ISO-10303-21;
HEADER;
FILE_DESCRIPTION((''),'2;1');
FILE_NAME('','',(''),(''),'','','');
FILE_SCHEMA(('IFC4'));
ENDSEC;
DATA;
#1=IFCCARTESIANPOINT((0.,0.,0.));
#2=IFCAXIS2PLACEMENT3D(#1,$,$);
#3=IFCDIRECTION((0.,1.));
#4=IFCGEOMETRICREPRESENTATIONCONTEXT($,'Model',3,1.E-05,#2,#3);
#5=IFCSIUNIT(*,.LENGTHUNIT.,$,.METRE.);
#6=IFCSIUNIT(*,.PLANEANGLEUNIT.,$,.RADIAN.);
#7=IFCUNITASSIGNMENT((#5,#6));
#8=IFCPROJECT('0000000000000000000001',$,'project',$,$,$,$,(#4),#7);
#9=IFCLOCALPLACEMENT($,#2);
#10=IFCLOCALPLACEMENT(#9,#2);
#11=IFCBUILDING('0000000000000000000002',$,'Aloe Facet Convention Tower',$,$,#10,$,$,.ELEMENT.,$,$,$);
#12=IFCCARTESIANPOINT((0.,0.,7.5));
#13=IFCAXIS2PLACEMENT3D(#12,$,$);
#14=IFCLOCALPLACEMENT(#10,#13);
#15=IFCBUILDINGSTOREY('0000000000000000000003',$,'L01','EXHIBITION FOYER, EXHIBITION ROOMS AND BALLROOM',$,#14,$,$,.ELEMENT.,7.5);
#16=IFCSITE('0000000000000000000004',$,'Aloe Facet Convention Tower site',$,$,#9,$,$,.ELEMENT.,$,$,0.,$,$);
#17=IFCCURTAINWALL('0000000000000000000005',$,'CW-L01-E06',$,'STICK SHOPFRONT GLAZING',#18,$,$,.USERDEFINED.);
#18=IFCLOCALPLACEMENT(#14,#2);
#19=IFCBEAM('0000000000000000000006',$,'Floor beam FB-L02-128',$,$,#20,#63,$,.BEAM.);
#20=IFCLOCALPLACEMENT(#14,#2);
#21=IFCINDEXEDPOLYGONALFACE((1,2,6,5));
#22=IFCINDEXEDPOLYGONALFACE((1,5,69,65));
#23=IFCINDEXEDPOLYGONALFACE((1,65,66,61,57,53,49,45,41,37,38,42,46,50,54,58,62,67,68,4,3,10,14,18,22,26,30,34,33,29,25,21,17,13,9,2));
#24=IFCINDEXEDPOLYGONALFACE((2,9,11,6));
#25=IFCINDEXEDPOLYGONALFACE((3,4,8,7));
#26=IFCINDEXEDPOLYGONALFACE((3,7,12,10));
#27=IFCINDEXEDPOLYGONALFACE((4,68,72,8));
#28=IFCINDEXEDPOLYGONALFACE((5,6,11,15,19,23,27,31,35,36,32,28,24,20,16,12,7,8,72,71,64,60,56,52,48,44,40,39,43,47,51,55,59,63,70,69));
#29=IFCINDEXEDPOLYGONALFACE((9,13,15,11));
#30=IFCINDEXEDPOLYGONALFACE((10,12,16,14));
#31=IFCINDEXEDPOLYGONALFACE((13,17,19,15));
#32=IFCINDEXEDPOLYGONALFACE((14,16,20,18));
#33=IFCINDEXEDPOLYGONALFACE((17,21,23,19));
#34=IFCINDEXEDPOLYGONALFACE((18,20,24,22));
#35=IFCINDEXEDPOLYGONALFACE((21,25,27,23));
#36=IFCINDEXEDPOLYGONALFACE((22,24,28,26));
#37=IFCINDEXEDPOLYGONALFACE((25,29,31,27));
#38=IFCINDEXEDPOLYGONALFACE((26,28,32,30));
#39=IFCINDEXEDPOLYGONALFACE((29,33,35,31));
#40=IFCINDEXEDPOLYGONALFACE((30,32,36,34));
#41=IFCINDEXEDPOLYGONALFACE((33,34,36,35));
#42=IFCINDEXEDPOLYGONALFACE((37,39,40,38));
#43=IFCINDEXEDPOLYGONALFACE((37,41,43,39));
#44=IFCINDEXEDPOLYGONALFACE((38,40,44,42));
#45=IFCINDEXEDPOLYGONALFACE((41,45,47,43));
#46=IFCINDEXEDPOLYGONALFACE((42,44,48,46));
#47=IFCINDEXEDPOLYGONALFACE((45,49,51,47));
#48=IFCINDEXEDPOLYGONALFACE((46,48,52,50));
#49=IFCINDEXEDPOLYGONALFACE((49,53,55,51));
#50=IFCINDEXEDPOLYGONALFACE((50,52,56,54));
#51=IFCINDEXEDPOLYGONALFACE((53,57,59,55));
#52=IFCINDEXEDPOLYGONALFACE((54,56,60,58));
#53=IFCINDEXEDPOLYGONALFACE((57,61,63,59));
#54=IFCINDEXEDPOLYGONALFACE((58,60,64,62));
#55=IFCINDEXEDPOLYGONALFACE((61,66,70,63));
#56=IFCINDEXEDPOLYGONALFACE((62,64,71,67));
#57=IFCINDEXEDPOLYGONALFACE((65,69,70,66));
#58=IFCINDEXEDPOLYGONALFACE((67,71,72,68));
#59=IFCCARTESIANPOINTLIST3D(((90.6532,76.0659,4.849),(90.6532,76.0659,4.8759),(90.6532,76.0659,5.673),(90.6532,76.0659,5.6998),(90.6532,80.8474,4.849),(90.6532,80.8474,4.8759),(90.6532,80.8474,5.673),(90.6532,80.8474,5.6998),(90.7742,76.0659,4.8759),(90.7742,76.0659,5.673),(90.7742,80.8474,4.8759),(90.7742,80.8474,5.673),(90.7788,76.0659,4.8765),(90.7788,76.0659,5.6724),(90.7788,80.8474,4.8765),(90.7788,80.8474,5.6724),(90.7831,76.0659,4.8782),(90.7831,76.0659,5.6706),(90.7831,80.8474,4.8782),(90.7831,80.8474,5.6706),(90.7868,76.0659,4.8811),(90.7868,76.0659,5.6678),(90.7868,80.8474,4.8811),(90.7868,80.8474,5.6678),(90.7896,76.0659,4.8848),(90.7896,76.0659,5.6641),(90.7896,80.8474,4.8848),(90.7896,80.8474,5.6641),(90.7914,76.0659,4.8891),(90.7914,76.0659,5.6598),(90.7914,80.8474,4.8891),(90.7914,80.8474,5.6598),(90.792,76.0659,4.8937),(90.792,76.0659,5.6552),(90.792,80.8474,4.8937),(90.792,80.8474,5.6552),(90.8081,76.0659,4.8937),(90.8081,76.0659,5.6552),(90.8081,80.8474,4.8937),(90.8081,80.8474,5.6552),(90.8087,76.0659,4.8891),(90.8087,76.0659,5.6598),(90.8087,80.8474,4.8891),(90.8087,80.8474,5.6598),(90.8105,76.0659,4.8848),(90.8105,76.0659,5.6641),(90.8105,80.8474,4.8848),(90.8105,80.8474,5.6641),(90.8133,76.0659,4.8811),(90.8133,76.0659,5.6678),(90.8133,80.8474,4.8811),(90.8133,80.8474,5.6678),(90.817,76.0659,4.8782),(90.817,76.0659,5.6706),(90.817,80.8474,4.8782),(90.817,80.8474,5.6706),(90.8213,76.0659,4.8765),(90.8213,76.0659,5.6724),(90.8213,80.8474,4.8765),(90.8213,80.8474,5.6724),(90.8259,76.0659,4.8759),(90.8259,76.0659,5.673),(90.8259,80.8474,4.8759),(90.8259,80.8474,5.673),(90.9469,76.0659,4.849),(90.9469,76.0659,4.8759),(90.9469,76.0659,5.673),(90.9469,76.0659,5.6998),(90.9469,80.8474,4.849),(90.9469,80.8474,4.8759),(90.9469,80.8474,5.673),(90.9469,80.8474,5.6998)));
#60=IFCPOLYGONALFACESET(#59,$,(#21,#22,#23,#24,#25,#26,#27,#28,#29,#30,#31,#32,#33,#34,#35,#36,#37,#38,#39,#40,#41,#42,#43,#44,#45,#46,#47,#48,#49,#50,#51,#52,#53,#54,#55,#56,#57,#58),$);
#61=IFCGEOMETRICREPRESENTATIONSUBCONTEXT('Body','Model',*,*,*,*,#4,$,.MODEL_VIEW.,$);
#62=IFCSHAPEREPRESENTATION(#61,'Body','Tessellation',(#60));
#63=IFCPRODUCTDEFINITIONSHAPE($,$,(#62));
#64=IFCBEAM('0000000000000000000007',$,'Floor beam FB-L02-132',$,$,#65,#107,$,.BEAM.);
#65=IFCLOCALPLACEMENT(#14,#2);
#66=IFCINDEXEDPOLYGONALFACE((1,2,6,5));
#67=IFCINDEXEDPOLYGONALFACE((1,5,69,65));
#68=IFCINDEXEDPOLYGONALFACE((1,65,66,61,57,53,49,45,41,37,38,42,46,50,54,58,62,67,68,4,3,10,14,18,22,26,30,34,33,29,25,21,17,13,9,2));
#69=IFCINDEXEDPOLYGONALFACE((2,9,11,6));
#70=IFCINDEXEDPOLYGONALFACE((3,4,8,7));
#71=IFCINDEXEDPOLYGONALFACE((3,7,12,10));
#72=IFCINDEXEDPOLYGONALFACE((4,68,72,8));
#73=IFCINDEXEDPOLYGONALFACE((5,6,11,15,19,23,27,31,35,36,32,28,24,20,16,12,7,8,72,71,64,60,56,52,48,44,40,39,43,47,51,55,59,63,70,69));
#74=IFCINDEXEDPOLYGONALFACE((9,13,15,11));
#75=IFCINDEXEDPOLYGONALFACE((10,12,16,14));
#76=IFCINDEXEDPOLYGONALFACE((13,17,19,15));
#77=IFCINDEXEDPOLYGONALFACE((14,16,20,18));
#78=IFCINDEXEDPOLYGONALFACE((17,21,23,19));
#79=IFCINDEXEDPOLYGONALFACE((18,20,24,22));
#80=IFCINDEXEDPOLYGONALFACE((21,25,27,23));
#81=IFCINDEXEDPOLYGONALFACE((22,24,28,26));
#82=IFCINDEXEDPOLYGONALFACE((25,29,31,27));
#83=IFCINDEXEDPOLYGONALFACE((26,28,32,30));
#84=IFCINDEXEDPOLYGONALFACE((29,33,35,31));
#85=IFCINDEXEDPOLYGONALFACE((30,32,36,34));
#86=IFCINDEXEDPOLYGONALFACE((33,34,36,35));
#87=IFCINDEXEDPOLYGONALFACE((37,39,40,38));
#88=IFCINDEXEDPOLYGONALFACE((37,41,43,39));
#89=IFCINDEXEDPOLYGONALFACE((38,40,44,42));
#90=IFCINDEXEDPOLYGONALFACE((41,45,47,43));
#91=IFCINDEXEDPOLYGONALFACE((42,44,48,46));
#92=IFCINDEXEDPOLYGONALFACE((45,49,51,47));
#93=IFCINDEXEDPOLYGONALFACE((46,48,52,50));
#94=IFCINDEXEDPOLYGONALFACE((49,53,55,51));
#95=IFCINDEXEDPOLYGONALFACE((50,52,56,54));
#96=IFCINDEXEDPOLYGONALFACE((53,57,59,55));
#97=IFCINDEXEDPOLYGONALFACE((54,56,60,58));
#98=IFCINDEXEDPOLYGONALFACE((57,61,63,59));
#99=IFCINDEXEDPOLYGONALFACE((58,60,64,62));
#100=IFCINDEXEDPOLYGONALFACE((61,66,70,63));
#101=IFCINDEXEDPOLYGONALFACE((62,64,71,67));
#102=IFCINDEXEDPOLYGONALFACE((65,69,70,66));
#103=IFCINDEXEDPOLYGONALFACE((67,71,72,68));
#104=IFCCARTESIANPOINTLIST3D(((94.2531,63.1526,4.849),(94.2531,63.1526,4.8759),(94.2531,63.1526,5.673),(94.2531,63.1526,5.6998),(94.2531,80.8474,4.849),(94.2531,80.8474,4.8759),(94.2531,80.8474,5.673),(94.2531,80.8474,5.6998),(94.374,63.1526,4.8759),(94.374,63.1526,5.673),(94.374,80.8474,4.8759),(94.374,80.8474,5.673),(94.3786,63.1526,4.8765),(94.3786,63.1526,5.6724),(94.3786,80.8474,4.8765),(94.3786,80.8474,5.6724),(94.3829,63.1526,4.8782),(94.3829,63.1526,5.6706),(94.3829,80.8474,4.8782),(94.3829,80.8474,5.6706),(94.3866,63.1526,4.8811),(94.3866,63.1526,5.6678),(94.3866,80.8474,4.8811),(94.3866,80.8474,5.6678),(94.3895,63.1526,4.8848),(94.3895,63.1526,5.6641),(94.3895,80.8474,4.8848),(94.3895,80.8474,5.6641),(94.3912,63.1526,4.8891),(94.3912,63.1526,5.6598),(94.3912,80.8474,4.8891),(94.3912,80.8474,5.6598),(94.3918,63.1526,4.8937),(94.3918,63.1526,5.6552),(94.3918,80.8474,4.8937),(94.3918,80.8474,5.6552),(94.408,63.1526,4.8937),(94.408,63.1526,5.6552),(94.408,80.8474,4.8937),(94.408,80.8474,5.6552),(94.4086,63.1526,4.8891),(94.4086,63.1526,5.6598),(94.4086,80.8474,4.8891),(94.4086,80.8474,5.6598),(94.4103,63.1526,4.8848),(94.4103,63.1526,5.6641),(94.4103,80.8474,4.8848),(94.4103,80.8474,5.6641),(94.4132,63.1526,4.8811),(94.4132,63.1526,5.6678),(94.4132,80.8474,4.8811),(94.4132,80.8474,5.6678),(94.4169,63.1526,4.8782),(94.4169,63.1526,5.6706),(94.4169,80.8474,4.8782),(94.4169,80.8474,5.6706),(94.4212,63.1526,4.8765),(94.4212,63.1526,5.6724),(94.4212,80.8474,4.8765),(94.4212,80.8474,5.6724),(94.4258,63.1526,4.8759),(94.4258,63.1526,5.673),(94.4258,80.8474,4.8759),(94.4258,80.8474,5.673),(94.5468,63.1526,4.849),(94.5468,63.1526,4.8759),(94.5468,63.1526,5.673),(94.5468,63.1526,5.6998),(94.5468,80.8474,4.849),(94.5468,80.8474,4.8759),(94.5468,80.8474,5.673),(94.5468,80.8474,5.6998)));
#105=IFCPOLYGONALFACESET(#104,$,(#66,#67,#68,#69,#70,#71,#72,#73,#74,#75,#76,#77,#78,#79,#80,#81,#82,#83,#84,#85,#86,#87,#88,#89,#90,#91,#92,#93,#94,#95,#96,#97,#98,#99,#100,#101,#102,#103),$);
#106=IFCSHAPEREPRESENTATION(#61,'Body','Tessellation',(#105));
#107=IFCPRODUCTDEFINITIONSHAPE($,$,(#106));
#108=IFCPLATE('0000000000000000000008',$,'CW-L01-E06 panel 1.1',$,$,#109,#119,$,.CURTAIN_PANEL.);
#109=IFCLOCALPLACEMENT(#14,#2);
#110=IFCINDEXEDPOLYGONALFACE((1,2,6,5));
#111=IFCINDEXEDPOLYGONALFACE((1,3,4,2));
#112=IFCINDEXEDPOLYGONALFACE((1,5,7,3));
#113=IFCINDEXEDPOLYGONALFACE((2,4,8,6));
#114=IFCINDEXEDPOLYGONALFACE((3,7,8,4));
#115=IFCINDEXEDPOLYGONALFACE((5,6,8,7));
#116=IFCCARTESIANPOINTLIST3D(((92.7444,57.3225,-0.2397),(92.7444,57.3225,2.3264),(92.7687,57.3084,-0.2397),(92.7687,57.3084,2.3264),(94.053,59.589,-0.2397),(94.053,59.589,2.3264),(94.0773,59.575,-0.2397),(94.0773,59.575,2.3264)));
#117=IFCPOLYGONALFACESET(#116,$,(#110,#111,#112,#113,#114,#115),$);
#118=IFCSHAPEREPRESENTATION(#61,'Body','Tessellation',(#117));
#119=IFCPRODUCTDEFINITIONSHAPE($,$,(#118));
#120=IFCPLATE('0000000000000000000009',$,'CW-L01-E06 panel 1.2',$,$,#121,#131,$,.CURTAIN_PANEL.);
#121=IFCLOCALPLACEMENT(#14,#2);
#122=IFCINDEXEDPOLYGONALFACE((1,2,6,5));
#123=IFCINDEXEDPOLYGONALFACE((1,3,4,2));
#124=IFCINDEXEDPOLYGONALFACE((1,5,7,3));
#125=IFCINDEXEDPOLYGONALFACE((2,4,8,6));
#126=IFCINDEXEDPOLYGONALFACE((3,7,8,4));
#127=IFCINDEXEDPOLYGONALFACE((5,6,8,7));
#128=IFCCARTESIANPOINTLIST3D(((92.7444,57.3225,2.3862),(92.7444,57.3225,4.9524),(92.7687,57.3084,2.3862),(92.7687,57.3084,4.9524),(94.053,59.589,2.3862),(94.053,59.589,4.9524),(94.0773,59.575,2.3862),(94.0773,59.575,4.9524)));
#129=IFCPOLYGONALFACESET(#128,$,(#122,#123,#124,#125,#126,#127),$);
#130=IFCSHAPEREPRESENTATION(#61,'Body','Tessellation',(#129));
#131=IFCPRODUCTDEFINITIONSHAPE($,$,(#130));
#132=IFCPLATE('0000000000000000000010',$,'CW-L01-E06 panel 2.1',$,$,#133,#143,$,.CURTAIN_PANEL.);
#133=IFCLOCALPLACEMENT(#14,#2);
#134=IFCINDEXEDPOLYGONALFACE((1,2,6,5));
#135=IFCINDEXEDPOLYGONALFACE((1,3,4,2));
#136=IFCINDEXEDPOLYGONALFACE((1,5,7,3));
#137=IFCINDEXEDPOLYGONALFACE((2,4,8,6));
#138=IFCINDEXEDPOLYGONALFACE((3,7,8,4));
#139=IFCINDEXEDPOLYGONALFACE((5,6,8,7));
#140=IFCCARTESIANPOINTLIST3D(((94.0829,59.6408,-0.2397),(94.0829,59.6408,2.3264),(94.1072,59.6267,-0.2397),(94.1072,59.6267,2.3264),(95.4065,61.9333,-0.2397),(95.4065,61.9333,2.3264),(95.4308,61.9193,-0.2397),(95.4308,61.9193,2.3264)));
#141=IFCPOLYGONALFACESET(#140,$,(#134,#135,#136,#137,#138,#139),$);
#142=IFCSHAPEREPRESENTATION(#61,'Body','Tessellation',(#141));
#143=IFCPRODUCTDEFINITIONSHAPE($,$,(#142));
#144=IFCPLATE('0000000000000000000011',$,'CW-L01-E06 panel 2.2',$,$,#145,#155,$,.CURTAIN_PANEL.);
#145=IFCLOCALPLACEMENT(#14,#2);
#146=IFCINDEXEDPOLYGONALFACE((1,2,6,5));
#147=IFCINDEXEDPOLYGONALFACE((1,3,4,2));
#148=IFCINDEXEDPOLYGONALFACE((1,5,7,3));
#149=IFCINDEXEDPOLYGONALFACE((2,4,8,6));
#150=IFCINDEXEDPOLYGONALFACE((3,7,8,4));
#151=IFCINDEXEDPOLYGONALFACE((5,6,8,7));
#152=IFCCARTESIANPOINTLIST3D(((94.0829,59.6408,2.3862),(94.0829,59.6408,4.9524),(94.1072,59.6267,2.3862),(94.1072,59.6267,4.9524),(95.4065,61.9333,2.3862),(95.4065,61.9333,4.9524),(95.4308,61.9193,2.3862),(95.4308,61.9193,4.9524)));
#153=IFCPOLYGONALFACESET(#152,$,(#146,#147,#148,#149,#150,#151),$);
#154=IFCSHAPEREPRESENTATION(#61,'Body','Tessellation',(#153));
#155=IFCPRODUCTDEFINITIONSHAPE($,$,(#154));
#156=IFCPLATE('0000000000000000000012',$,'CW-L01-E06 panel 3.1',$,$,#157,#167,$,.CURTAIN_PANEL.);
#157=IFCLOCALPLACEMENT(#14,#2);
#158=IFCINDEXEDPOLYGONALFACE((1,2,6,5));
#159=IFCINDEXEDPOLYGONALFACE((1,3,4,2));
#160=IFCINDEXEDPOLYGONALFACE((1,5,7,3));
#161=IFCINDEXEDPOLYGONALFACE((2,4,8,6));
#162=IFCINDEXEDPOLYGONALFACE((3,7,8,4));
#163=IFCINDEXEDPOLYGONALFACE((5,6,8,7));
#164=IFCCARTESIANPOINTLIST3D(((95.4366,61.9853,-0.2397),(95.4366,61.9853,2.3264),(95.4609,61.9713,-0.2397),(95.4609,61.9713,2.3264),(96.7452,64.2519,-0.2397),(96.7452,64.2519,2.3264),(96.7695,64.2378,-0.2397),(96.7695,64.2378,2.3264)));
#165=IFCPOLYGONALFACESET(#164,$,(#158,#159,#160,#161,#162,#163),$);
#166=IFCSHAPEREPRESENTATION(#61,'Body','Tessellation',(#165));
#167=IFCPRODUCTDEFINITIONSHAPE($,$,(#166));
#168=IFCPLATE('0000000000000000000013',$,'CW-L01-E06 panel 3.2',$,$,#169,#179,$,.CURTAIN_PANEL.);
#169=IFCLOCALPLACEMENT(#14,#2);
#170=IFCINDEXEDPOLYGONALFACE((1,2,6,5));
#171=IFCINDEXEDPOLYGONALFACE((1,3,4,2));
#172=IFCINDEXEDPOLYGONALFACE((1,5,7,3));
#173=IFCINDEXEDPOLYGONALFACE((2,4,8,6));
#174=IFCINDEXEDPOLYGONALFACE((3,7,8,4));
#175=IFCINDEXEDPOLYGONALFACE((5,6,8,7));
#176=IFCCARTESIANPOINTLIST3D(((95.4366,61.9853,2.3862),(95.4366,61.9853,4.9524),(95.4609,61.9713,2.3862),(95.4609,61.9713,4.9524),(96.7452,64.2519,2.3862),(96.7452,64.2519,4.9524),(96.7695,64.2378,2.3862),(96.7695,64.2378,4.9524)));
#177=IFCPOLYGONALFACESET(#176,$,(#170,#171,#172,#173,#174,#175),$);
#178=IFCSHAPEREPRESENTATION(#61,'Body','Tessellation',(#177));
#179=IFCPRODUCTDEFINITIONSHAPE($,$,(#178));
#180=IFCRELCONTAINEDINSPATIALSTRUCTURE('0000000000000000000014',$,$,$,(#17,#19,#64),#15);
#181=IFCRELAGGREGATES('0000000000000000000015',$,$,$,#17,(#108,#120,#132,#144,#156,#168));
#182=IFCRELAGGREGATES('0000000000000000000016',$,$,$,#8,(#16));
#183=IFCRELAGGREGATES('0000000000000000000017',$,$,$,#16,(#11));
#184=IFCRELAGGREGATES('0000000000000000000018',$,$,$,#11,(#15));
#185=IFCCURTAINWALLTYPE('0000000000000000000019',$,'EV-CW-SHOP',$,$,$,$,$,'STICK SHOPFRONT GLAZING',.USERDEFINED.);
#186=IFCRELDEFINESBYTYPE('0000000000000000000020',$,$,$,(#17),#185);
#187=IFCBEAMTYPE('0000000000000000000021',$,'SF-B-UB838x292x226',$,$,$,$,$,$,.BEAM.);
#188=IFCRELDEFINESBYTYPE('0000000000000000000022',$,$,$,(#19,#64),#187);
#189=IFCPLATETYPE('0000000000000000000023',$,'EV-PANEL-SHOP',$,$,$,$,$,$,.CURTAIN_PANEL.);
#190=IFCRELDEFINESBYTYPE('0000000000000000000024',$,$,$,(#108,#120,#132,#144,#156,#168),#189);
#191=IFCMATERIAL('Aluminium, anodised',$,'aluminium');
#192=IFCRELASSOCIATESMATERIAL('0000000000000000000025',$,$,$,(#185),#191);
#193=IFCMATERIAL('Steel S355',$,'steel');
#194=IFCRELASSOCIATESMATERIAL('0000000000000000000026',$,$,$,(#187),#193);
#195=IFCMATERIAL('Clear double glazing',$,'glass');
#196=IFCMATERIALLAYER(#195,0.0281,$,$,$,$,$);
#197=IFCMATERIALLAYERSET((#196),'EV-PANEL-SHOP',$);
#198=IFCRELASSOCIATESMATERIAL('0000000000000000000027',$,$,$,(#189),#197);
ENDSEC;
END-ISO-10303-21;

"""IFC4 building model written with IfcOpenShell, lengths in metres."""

from ifc_helpers import new_model, si_unit, direction, frame, origin, origin_2d, place, context, subcontext, project, spatial, rectangle, i_section, extrude, material, layer, layer_set, material_profile, profile_set, type_object, element, aggregate, save


model = new_model("IFC4")

# Units and contexts
model_context = context("Model", 3, precision=1e-05, world=origin(), true_north=direction((0.0, 1.0)))
body_context = subcontext(model_context, "Body", "Model", "MODEL_VIEW")
ifc_project = project(units=[si_unit("LENGTHUNIT", "METRE"), si_unit("PLANEANGLEUNIT", "RADIAN")], contexts=[model_context])

# Site, building, storey
site_placement = place(None, origin())
site = spatial("IfcSite", under=ifc_project, at=site_placement, Name="Aloe Facet Convention Tower site", CompositionType="ELEMENT", RefElevation=0.0)
building_placement = place(site_placement, origin())
building = spatial("IfcBuilding", under=site, at=building_placement, Name="Aloe Facet Convention Tower", CompositionType="ELEMENT")
storey_placement = place(building_placement, frame((0.0, 0.0, 7.5)))
storey = spatial("IfcBuildingStorey", under=building, at=storey_placement, Name="L01", Description="EXHIBITION FOYER, EXHIBITION ROOMS AND BALLROOM", CompositionType="ELEMENT", Elevation=7.5)

# Curtain wall
ifc_material_1 = material(Name="Aluminium, anodised", Category="aluminium")
curtain_wall_type = type_object("IfcCurtainWallType", Name="EV-CW-SHOP", ElementType="STICK SHOPFRONT GLAZING", PredefinedType="USERDEFINED", material=ifc_material_1)
curtain_wall_placement = place(storey_placement, origin())
curtain_wall = element("IfcCurtainWall", 1, at=curtain_wall_placement, inside=storey, type_object=curtain_wall_type, Name="CW-L01-E06", ObjectType="STICK SHOPFRONT GLAZING", PredefinedType="USERDEFINED")

# Beams
ifc_material_2 = material(Name="Steel S355", Category="steel")
ifc_material_profile_1 = material_profile(ifc_material_2, i_section(OverallWidth=0.2937, OverallDepth=0.8508, WebThickness=0.0161, FlangeThickness=0.0269, FilletRadius=0.0178, at=origin_2d()), Name="UB 838x292x226")
ifc_profile_set_1 = profile_set([ifc_material_profile_1], Name="Steel S355")
beam_type_1 = type_object("IfcBeamType", Name="SF-B-UB838x292x226", PredefinedType="BEAM", material=ifc_profile_set_1)
beam_1_placement = place(storey_placement, frame((90.8, 76.0659, 5.2744), z_axis=(0.0, 1.0, 0.0), x_axis=(-1.0, 0.0, 0.0)))
element("IfcBeam", 2, at=beam_1_placement, inside=storey, type_object=beam_type_1, Name="Floor beam FB-L02-128", PredefinedType="BEAM", context=body_context, shape_type="SweptSolid", body=[
    extrude(i_section(OverallWidth=0.2937, OverallDepth=0.8508, WebThickness=0.0161, FlangeThickness=0.0269, FilletRadius=0.0178, at=origin_2d()), origin(), (0.0, 0.0, 1.0), 4.7815),
])
beam_2_placement = place(storey_placement, frame((94.3999, 63.1526, 5.2744), z_axis=(0.0, 1.0, 0.0), x_axis=(-1.0, 0.0, 0.0)))
element("IfcBeam", 3, at=beam_2_placement, inside=storey, type_object=beam_type_1, Name="Floor beam FB-L02-132", PredefinedType="BEAM", context=body_context, shape_type="SweptSolid", body=[
    extrude(i_section(OverallWidth=0.2937, OverallDepth=0.8508, WebThickness=0.0161, FlangeThickness=0.0269, FilletRadius=0.0178, at=origin_2d()), origin(), (0.0, 0.0, 1.0), 17.6948),
])

# Plates
ifc_material_3 = material(Name="Clear double glazing", Category="glass")
ifc_layer_1 = layer(ifc_material_3, 0.0281)
ifc_layer_set_1 = layer_set([ifc_layer_1], Name="EV-PANEL-SHOP")
plate_type = type_object("IfcPlateType", Name="EV-PANEL-SHOP", PredefinedType="CURTAIN_PANEL", material=ifc_layer_set_1)
plate_1_placement = place(storey_placement, frame((93.4109, 58.4487, -0.2397), z_axis=(0.0, 0.0, 1.0), x_axis=(0.5, 0.866025, 0.0)))
plate_1 = element("IfcPlate", 4, at=plate_1_placement, type_object=plate_type, Name="CW-L01-E06 panel 1.1", PredefinedType="CURTAIN_PANEL", context=body_context, shape_type="SweptSolid", body=[
    extrude(rectangle(XDim=2.6172, YDim=0.0281, at=origin_2d()), origin(), (0.0, 0.0, 1.0), 2.5662),
])
plate_2_placement = place(storey_placement, frame((93.4109, 58.4487, 2.3862), z_axis=(0.0, 0.0, 1.0), x_axis=(0.5, 0.866025, 0.0)))
plate_2 = element("IfcPlate", 5, at=plate_2_placement, type_object=plate_type, Name="CW-L01-E06 panel 1.2", PredefinedType="CURTAIN_PANEL", context=body_context, shape_type="SweptSolid", body=[
    extrude(rectangle(XDim=2.6172, YDim=0.0281, at=origin_2d()), origin(), (0.0, 0.0, 1.0), 2.5662),
])
plate_3_placement = place(storey_placement, frame((94.7568, 60.78, -0.2397), z_axis=(0.0, 0.0, 1.0), x_axis=(0.5, 0.866025, 0.0)))
plate_3 = element("IfcPlate", 6, at=plate_3_placement, type_object=plate_type, Name="CW-L01-E06 panel 2.1", PredefinedType="CURTAIN_PANEL", context=body_context, shape_type="SweptSolid", body=[
    extrude(rectangle(XDim=2.6472, YDim=0.0281, at=origin_2d()), origin(), (0.0, 0.0, 1.0), 2.5662),
])
plate_4_placement = place(storey_placement, frame((94.7568, 60.78, 2.3862), z_axis=(0.0, 0.0, 1.0), x_axis=(0.5, 0.866025, 0.0)))
plate_4 = element("IfcPlate", 7, at=plate_4_placement, type_object=plate_type, Name="CW-L01-E06 panel 2.2", PredefinedType="CURTAIN_PANEL", context=body_context, shape_type="SweptSolid", body=[
    extrude(rectangle(XDim=2.6472, YDim=0.0281, at=origin_2d()), origin(), (0.0, 0.0, 1.0), 2.5662),
])
plate_5_placement = place(storey_placement, frame((96.103, 63.1116, -0.2397), z_axis=(0.0, 0.0, 1.0), x_axis=(0.5, 0.866025, 0.0)))
plate_5 = element("IfcPlate", 8, at=plate_5_placement, type_object=plate_type, Name="CW-L01-E06 panel 3.1", PredefinedType="CURTAIN_PANEL", context=body_context, shape_type="SweptSolid", body=[
    extrude(rectangle(XDim=2.6172, YDim=0.0281, at=origin_2d()), origin(), (0.0, 0.0, 1.0), 2.5662),
])
plate_6_placement = place(storey_placement, frame((96.103, 63.1116, 2.3862), z_axis=(0.0, 0.0, 1.0), x_axis=(0.5, 0.866025, 0.0)))
plate_6 = element("IfcPlate", 9, at=plate_6_placement, type_object=plate_type, Name="CW-L01-E06 panel 3.2", PredefinedType="CURTAIN_PANEL", context=body_context, shape_type="SweptSolid", body=[
    extrude(rectangle(XDim=2.6172, YDim=0.0281, at=origin_2d()), origin(), (0.0, 0.0, 1.0), 2.5662),
])
aggregate(curtain_wall, [plate_1, plate_2, plate_3, plate_4, plate_5, plate_6])

save(model, "model.ifc")
